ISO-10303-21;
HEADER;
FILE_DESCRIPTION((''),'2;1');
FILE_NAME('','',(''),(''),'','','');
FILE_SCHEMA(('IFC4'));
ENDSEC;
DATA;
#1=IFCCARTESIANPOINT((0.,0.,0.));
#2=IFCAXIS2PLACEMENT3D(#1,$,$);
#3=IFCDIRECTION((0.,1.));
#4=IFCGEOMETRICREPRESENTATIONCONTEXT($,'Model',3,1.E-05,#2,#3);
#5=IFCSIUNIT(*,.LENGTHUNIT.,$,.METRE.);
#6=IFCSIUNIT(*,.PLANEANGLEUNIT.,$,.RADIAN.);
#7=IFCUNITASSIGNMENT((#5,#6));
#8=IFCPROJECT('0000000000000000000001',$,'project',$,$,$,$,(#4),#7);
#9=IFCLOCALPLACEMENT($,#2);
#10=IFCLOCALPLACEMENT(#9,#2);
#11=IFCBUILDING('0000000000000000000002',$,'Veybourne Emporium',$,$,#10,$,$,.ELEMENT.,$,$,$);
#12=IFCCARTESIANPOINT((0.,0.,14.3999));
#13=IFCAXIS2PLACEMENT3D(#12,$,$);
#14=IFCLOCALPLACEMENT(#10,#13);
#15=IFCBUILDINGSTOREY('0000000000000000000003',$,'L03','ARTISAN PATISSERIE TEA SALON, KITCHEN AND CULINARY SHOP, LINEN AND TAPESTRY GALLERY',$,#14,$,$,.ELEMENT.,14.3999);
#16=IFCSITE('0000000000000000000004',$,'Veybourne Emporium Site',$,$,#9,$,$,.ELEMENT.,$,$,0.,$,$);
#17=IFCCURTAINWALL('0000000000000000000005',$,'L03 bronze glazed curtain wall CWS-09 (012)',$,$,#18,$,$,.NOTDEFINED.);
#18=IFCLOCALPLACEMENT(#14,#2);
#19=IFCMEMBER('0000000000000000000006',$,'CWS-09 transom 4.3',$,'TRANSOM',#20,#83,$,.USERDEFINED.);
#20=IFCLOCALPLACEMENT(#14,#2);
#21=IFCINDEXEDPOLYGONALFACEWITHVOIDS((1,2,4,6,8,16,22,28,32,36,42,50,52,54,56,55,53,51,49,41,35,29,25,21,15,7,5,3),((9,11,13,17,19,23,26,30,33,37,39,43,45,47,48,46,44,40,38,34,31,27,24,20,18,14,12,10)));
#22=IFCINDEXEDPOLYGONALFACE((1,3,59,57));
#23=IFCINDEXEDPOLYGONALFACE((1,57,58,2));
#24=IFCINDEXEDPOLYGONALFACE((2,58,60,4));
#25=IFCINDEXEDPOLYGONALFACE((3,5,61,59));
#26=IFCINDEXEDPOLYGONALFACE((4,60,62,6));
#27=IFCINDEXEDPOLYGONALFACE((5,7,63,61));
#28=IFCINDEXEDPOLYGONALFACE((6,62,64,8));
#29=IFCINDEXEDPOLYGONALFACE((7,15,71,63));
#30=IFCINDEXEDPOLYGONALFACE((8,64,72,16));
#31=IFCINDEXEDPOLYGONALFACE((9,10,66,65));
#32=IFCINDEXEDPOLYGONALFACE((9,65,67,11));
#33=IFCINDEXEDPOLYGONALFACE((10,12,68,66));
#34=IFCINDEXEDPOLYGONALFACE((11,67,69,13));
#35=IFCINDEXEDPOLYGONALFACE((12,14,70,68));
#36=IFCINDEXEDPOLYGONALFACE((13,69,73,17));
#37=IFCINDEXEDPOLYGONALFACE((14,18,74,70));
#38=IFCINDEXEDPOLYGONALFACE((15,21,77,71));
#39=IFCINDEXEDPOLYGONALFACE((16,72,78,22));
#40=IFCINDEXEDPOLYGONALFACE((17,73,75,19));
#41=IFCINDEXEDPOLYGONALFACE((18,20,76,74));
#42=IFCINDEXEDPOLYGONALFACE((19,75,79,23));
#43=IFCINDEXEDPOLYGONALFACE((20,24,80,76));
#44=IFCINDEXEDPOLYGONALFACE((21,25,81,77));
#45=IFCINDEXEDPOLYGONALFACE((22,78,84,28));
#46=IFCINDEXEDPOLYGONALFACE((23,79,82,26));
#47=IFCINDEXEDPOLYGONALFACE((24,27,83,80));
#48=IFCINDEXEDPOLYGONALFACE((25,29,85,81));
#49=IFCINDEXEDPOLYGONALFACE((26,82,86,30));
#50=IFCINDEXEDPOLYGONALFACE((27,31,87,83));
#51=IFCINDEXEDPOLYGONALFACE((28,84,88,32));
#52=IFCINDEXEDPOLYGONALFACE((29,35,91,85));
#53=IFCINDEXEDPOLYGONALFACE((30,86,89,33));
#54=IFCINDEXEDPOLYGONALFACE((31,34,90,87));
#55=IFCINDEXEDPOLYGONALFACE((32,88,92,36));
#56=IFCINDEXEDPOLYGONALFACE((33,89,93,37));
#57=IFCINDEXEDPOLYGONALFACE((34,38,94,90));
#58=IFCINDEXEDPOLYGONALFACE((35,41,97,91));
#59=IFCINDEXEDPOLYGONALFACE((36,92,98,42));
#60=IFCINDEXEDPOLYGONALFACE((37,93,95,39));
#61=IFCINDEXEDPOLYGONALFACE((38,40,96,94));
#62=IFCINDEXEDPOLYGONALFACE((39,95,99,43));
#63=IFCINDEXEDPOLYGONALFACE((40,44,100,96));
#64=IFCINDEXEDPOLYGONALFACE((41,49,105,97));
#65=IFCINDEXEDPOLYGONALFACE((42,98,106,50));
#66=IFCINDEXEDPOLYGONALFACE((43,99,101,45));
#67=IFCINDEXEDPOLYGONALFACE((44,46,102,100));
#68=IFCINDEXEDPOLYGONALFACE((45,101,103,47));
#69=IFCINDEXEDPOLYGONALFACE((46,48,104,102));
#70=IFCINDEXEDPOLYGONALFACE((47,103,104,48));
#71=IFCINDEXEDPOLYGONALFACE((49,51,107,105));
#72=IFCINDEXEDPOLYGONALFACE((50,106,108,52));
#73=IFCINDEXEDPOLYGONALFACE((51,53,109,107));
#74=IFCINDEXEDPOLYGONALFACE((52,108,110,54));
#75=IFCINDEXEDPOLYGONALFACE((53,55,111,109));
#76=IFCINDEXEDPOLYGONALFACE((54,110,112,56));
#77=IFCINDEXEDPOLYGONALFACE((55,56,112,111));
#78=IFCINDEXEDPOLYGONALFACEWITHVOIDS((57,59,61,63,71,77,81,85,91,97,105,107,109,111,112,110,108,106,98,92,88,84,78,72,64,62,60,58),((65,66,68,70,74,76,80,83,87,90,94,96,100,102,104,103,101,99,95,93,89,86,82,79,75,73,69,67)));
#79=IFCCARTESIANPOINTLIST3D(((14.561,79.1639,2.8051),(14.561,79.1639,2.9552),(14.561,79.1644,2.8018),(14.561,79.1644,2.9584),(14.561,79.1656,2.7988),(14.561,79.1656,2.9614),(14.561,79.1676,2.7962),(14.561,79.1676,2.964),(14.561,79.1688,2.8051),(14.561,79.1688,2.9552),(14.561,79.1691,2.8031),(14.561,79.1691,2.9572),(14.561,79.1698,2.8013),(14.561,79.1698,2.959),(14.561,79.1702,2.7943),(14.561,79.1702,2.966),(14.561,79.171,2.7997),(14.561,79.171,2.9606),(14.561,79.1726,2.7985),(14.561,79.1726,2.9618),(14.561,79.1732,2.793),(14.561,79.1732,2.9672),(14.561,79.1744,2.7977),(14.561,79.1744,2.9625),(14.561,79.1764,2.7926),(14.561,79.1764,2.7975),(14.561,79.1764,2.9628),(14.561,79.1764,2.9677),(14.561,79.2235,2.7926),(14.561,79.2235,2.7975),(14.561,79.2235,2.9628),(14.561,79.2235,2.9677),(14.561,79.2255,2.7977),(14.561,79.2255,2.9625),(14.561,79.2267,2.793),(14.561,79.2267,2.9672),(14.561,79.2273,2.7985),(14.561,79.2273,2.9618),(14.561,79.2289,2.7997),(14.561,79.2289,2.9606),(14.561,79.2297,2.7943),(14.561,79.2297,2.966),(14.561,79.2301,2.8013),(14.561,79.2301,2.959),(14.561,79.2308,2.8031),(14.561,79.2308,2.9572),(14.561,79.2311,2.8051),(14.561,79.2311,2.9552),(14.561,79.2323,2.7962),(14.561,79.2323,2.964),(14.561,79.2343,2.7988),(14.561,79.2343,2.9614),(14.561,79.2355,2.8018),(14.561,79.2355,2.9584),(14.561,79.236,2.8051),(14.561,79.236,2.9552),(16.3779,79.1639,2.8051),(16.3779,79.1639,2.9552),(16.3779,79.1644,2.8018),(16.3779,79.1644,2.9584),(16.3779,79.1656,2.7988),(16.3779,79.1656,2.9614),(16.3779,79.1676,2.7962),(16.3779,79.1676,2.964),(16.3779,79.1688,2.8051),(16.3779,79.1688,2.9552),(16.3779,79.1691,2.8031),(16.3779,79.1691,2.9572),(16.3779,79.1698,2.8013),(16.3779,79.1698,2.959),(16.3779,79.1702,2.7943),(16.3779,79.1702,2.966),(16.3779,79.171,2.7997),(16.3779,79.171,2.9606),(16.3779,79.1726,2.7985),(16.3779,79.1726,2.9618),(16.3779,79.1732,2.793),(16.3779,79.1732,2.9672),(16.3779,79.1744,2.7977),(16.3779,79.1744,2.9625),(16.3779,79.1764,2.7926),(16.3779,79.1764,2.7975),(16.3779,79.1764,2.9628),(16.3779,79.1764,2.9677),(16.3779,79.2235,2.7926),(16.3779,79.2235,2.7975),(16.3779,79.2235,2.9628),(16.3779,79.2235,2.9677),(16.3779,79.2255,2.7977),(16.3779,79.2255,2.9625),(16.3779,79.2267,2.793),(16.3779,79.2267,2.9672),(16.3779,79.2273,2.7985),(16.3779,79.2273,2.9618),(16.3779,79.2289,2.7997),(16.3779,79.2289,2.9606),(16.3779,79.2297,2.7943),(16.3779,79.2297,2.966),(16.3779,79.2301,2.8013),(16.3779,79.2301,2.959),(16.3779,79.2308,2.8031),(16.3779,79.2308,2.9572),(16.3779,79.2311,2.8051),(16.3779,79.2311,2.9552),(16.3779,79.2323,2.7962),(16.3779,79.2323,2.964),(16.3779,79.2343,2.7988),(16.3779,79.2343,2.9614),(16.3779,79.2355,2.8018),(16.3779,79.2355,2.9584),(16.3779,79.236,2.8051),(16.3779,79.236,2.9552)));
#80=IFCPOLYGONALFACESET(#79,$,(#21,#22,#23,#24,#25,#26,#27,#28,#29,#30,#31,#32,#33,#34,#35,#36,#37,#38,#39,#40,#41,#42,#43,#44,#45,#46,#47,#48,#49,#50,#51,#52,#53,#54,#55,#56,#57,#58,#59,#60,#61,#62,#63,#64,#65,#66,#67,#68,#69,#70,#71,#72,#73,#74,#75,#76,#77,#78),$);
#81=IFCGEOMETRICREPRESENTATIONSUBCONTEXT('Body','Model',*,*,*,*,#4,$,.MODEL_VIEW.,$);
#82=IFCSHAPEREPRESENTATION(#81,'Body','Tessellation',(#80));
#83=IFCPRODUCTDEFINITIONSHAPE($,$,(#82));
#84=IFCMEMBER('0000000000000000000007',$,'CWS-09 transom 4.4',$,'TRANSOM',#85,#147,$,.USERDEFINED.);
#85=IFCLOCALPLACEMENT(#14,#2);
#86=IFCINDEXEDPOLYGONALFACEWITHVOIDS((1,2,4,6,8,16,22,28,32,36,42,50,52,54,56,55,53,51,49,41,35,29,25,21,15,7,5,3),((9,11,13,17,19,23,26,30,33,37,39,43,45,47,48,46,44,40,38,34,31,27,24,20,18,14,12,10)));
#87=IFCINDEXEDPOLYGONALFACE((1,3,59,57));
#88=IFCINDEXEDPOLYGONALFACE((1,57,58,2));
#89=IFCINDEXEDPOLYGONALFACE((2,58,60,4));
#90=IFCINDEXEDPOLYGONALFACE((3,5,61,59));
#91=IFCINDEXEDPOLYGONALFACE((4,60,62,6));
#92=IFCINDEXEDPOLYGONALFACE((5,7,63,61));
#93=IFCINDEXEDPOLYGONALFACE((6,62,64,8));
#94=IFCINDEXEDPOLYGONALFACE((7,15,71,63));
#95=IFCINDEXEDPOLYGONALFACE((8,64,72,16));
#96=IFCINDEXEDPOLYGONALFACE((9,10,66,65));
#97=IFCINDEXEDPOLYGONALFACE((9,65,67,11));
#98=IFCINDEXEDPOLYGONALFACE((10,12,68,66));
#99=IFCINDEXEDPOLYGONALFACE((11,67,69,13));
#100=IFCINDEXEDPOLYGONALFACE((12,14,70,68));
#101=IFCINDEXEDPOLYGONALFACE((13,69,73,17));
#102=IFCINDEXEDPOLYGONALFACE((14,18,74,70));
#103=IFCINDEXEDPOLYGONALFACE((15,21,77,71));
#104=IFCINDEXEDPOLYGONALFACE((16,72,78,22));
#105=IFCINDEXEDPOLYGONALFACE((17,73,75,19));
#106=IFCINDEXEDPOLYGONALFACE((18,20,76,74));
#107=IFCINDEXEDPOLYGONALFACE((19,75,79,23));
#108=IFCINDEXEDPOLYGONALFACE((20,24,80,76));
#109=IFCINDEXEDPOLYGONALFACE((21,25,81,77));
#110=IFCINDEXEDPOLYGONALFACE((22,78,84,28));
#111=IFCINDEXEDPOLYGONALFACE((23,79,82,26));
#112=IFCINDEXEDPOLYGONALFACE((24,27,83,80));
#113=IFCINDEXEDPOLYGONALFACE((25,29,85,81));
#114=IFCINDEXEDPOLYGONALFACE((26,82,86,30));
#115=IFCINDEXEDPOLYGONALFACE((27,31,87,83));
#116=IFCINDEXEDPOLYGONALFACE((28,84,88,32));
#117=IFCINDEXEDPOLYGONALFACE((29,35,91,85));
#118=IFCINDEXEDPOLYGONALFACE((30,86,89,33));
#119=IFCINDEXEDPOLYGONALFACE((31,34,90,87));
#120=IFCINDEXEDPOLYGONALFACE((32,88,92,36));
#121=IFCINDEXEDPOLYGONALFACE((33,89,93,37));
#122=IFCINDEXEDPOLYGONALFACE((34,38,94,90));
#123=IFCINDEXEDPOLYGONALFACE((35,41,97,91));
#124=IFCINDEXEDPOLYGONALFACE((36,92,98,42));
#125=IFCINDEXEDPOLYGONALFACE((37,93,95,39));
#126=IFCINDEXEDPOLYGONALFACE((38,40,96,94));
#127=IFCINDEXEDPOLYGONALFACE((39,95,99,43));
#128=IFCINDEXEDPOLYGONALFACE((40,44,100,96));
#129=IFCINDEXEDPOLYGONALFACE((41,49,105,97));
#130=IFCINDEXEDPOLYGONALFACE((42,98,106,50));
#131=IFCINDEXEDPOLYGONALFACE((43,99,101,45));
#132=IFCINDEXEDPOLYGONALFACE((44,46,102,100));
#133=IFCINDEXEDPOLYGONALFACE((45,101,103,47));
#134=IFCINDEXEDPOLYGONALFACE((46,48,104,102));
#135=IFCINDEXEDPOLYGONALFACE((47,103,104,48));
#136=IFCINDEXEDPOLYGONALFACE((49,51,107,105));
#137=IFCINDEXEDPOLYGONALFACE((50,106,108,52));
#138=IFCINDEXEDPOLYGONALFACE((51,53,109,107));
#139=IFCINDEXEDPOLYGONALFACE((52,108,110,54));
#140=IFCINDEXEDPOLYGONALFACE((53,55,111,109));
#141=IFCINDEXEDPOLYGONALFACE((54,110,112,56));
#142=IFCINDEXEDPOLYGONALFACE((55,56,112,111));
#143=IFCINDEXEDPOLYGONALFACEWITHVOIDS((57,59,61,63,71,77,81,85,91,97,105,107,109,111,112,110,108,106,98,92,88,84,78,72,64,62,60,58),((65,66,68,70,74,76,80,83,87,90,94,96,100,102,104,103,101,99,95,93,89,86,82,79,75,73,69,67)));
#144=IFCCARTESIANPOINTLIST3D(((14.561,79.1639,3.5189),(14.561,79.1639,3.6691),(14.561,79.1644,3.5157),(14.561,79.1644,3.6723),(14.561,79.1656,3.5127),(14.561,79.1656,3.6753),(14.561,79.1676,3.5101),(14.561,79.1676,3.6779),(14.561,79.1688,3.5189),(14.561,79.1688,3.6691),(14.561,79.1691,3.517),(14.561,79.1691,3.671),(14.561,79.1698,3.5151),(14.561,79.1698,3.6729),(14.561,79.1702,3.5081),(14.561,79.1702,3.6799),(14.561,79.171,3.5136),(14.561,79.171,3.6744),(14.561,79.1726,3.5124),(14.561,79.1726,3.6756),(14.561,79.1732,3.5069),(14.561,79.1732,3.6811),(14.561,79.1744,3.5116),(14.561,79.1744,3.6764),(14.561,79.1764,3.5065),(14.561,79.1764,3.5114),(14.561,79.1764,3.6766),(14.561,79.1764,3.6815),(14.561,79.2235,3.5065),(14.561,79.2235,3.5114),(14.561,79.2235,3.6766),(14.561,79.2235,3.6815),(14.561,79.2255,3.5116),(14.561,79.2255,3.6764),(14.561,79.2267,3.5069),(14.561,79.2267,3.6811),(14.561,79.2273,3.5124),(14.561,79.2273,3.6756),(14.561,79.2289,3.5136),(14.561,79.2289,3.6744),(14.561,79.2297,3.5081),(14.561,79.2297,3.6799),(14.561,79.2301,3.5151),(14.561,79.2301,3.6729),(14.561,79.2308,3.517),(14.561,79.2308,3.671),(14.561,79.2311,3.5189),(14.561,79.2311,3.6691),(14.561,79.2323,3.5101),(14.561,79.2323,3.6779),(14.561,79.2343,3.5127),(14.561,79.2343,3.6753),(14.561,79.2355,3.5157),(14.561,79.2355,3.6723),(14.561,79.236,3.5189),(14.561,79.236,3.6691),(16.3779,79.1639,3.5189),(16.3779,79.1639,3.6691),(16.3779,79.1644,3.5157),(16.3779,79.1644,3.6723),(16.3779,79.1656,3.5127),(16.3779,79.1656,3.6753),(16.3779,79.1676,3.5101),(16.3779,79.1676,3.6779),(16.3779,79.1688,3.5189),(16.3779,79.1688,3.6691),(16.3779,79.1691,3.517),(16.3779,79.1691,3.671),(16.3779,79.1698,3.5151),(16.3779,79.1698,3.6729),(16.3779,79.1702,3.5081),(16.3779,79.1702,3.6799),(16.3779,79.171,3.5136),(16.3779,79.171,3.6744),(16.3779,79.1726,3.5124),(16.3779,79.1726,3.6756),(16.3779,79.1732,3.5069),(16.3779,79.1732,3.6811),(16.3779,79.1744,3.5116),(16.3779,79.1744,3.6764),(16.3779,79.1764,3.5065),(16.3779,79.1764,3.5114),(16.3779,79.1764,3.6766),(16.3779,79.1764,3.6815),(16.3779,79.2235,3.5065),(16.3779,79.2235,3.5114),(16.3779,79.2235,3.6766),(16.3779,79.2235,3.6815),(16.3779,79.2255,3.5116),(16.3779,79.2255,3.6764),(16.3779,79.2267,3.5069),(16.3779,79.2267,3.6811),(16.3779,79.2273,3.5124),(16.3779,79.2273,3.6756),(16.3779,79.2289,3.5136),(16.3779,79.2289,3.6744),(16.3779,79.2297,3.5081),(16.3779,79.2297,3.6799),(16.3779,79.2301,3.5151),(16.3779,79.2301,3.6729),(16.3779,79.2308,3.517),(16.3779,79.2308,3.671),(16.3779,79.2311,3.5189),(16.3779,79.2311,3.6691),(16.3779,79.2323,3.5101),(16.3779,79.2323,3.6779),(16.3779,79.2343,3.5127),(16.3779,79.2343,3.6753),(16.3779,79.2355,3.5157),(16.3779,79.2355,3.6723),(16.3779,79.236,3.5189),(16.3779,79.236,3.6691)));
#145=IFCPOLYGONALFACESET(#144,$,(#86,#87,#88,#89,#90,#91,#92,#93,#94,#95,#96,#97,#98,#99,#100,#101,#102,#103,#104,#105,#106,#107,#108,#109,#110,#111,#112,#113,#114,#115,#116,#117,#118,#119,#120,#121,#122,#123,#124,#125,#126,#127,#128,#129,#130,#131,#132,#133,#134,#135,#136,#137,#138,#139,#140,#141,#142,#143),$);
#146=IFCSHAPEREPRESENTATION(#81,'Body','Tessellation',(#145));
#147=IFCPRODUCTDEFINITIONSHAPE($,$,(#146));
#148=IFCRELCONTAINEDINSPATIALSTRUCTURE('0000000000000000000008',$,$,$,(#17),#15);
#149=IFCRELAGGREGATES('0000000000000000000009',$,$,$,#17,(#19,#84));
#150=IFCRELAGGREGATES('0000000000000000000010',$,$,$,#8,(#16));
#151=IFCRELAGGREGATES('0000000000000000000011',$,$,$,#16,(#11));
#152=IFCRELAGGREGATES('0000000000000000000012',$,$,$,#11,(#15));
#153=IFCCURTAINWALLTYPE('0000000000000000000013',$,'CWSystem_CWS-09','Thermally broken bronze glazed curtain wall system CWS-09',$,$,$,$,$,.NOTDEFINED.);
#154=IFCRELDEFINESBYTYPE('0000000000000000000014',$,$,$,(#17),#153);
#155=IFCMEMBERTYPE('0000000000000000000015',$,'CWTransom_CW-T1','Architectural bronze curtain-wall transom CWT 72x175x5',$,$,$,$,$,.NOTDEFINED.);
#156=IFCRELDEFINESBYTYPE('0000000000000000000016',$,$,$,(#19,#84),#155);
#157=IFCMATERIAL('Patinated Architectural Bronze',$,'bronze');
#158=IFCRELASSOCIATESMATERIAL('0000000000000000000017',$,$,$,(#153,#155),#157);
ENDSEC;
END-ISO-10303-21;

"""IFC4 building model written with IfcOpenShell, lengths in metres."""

from ifc_helpers import new_model, si_unit, direction, frame, origin, origin_2d, place, context, subcontext, project, spatial, hollow_rectangle, extrude, material, material_profile, profile_set, type_object, element, aggregate, save


model = new_model("IFC4")

# Units and contexts
model_context = context("Model", 3, precision=1e-05, world=origin(), true_north=direction((0.0, 1.0)))
body_context = subcontext(model_context, "Body", "Model", "MODEL_VIEW")
ifc_project = project(units=[si_unit("LENGTHUNIT", "METRE"), si_unit("PLANEANGLEUNIT", "RADIAN")], contexts=[model_context])

# Site, building, storey
site_placement = place(None, origin())
site = spatial("IfcSite", under=ifc_project, at=site_placement, Name="Veybourne Emporium Site", CompositionType="ELEMENT", RefElevation=0.0)
building_placement = place(site_placement, origin())
building = spatial("IfcBuilding", under=site, at=building_placement, Name="Veybourne Emporium", CompositionType="ELEMENT")
storey_placement = place(building_placement, frame((0.0, 0.0, 14.3999)))
storey = spatial("IfcBuildingStorey", under=building, at=storey_placement, Name="L03", Description="ARTISAN PATISSERIE TEA SALON, KITCHEN AND CULINARY SHOP, LINEN AND TAPESTRY GALLERY", CompositionType="ELEMENT", Elevation=14.3999)

# Curtain wall
ifc_material_1 = material(Name="Patinated Architectural Bronze", Category="bronze")
curtain_wall_type_1 = type_object("IfcCurtainWallType", Name="CWSystem_CWS-09", Description="Thermally broken bronze glazed curtain wall system CWS-09", PredefinedType="NOTDEFINED", material=ifc_material_1)
curtain_wall_1_placement = place(storey_placement, origin())
curtain_wall_1 = element("IfcCurtainWall", 1, at=curtain_wall_1_placement, inside=storey, type_object=curtain_wall_type_1, Name="L03 bronze glazed curtain wall CWS-09 (012)", PredefinedType="NOTDEFINED")

# Members
ifc_material_profile_1 = material_profile(ifc_material_1, hollow_rectangle(XDim=0.072, YDim=0.175, WallThickness=0.0049, InnerFilletRadius=0.0076, OuterFilletRadius=0.0125, at=origin_2d()), Name="CWT 72x175x5")
ifc_profile_set_1 = profile_set([ifc_material_profile_1], Name="Patinated Architectural Bronze")
member_type_1 = type_object("IfcMemberType", Name="CWTransom_CW-T1", Description="Architectural bronze curtain-wall transom CWT 72x175x5", PredefinedType="NOTDEFINED", material=ifc_profile_set_1)
member_1_placement = place(storey_placement, frame((14.561, 79.2, 2.8801), z_axis=(1.0, 0.0, 0.0), x_axis=(0.0, 1.0, 0.0)))
member_1 = element("IfcMember", 2, at=member_1_placement, type_object=member_type_1, Name="CWS-09 transom 4.3", ObjectType="TRANSOM", PredefinedType="USERDEFINED", context=body_context, shape_type="SweptSolid", body=[
    extrude(hollow_rectangle(XDim=0.072, YDim=0.175, WallThickness=0.0049, InnerFilletRadius=0.0076, OuterFilletRadius=0.0125, at=origin_2d()), origin(), (0.0, 0.0, 1.0), 1.8169),
])
member_2_placement = place(storey_placement, frame((14.561, 79.2, 3.594), z_axis=(1.0, 0.0, 0.0), x_axis=(0.0, 1.0, 0.0)))
member_2 = element("IfcMember", 3, at=member_2_placement, type_object=member_type_1, Name="CWS-09 transom 4.4", ObjectType="TRANSOM", PredefinedType="USERDEFINED", context=body_context, shape_type="SweptSolid", body=[
    extrude(hollow_rectangle(XDim=0.072, YDim=0.175, WallThickness=0.0049, InnerFilletRadius=0.0076, OuterFilletRadius=0.0125, at=origin_2d()), origin(), (0.0, 0.0, 1.0), 1.8169),
])

aggregate(curtain_wall_1, [member_1, member_2])

save(model, "model.ifc")
